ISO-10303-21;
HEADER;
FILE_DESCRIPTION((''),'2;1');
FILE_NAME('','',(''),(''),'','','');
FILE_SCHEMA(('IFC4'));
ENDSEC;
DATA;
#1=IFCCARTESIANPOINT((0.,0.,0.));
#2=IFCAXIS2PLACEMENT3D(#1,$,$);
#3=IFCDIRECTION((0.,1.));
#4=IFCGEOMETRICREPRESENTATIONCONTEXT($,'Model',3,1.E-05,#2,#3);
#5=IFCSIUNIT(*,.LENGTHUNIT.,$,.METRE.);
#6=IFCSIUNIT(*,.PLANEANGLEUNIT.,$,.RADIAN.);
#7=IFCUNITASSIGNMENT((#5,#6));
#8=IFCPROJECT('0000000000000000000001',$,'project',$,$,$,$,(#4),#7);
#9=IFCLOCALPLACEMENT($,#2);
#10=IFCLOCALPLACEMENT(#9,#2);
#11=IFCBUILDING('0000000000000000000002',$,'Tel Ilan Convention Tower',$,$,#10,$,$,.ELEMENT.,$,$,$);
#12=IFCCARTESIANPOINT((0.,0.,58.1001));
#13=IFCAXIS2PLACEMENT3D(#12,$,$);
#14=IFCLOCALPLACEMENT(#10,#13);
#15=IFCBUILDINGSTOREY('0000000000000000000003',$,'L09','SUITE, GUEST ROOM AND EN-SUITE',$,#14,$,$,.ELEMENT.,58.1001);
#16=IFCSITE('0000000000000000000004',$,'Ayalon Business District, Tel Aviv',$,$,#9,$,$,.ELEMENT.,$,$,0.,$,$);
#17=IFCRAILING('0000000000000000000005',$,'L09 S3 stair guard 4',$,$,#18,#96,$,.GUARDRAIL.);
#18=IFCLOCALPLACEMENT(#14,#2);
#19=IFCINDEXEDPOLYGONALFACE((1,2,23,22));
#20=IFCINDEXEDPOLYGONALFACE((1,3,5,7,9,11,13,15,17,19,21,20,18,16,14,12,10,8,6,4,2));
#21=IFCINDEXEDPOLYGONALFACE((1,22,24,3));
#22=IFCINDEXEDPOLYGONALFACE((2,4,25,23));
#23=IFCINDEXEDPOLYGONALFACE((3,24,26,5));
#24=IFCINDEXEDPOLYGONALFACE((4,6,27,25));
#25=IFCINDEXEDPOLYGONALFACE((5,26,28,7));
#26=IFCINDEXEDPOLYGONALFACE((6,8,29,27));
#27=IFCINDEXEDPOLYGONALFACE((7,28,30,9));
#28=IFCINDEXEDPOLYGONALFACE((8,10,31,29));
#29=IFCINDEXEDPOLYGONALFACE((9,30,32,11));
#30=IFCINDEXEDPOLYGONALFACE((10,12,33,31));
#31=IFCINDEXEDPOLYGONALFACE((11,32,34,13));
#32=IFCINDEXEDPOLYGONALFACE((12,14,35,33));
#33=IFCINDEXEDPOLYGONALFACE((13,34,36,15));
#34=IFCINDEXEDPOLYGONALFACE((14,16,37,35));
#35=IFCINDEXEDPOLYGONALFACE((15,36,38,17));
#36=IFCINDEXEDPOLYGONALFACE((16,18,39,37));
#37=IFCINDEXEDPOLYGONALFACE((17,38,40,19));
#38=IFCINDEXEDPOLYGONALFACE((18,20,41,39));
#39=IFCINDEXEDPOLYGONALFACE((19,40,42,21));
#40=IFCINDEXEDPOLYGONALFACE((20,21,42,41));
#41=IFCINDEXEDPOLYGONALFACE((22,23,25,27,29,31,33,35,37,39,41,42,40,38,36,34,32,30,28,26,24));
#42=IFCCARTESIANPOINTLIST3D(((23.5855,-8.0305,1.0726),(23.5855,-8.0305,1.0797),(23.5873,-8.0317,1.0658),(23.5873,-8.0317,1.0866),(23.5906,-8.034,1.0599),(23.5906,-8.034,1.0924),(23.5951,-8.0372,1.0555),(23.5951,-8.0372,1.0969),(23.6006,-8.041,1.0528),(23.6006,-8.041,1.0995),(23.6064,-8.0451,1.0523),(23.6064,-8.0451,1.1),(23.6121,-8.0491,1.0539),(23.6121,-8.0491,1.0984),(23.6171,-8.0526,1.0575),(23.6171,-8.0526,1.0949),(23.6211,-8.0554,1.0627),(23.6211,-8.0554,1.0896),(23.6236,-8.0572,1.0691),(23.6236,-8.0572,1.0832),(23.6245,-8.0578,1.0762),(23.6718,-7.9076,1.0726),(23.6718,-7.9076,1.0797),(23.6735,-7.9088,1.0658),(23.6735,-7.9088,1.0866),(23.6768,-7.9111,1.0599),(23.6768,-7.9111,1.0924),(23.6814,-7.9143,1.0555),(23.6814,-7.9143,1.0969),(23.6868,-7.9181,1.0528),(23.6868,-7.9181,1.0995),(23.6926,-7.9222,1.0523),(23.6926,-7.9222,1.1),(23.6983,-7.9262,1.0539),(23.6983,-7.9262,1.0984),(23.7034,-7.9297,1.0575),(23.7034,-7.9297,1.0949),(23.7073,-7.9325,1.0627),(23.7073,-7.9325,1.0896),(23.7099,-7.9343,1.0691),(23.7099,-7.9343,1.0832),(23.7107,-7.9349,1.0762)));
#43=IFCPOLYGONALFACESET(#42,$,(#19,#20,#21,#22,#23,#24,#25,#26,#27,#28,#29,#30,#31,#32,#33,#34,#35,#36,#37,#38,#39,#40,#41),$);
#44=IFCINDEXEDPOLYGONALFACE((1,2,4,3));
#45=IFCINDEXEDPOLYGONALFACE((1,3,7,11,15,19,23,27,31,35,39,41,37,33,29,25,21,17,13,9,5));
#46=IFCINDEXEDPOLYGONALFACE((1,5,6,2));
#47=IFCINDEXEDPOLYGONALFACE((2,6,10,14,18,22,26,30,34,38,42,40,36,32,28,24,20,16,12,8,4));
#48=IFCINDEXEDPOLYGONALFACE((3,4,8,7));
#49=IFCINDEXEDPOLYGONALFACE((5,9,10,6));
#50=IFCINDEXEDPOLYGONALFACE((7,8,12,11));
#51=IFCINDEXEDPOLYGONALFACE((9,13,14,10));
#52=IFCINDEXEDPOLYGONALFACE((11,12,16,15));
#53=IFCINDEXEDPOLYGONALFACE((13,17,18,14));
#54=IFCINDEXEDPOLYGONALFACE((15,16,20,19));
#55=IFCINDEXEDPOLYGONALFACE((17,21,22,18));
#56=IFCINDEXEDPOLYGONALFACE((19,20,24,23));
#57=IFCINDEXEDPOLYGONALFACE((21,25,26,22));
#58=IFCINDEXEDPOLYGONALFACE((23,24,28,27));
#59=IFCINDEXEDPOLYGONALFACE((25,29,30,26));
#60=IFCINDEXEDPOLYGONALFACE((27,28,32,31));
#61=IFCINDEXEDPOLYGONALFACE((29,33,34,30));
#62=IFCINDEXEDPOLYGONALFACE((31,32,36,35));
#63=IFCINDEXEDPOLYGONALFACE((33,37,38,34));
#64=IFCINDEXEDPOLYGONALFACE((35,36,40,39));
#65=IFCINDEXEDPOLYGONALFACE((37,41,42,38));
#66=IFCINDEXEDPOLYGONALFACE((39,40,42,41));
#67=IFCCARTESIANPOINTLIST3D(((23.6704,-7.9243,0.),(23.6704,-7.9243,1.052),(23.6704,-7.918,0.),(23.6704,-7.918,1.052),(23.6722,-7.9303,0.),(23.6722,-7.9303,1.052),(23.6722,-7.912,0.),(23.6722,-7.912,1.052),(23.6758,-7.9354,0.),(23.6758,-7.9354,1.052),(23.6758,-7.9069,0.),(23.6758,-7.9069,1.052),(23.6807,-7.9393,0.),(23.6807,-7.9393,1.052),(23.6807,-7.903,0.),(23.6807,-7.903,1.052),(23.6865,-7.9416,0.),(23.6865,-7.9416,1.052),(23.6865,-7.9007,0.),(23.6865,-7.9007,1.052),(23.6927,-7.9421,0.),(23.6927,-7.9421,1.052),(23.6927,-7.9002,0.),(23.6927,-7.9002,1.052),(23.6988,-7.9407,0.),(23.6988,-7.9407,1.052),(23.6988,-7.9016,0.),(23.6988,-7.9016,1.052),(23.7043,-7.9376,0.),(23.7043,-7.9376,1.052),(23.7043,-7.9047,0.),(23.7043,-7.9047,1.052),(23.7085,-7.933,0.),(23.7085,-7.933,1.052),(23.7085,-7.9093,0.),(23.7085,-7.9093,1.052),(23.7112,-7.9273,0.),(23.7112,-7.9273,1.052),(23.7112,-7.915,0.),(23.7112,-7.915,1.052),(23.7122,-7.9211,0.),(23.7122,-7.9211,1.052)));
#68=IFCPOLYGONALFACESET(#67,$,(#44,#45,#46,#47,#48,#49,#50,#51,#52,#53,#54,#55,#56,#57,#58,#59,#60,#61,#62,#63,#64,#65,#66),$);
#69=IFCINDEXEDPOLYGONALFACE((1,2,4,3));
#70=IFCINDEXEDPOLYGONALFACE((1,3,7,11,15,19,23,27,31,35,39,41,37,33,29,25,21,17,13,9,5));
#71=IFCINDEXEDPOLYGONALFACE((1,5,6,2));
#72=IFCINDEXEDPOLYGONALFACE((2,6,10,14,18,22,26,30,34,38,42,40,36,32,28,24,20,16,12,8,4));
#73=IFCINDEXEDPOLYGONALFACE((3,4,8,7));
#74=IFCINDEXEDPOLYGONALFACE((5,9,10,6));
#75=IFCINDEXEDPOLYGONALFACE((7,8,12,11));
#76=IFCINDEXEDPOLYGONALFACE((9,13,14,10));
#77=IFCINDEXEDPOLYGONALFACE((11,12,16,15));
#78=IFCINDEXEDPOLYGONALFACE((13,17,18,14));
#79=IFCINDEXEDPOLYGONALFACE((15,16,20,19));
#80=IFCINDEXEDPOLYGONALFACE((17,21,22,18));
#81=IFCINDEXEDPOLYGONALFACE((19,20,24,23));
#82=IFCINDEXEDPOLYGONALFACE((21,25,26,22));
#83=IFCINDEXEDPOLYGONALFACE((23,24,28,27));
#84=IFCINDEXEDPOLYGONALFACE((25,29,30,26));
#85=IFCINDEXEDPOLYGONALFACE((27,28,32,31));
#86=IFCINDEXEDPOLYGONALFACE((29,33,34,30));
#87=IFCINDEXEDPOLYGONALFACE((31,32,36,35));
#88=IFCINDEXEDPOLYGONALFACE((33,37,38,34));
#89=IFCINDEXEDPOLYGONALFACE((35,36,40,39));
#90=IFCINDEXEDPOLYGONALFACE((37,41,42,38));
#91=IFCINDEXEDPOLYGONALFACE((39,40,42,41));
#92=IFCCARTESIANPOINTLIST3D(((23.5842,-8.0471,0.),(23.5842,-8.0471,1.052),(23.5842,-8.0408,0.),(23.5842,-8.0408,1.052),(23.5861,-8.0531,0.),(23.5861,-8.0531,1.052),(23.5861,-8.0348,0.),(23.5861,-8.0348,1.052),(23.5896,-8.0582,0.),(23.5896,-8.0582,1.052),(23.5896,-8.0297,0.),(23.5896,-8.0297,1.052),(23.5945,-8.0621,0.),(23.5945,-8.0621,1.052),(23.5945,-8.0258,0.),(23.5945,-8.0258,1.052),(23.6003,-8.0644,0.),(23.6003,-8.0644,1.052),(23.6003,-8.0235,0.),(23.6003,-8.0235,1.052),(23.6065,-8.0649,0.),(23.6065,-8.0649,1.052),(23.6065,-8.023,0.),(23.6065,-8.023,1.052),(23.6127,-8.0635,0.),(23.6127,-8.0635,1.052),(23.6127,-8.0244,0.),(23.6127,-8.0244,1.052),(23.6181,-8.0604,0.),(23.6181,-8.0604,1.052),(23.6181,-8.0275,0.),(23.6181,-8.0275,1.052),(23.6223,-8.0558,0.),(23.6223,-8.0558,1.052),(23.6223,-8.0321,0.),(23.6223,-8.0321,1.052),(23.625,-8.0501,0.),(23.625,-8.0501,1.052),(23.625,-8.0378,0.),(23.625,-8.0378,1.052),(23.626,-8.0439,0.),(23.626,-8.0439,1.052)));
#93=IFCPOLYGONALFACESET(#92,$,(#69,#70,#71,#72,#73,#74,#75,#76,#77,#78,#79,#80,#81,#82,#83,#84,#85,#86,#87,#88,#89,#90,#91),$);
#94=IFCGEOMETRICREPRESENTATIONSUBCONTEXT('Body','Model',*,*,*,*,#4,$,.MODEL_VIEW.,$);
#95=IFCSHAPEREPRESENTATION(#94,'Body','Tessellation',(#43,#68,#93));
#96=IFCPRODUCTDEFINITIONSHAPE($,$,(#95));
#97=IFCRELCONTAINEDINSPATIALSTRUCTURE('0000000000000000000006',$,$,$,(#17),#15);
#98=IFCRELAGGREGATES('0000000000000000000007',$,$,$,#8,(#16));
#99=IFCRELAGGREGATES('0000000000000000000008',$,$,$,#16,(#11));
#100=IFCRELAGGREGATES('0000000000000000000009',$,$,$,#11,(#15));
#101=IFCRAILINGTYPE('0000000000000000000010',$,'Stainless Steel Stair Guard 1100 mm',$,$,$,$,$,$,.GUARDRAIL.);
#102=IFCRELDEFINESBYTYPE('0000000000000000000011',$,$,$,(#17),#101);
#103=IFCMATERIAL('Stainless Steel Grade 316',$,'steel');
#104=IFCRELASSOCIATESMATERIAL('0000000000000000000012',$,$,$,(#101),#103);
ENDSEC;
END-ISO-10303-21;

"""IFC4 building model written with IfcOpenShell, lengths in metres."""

from ifc_helpers import new_model, si_unit, direction, frame, origin, origin_2d, place, context, subcontext, project, spatial, circle, extrude, material, type_object, element, save


model = new_model("IFC4")

# Units and contexts
model_context = context("Model", 3, precision=1e-05, world=origin(), true_north=direction((0.0, 1.0)))
body_context = subcontext(model_context, "Body", "Model", "MODEL_VIEW")
ifc_project = project(units=[si_unit("LENGTHUNIT", "METRE"), si_unit("PLANEANGLEUNIT", "RADIAN")], contexts=[model_context])

# Site, building, storey
site_placement = place(None, origin())
site = spatial("IfcSite", under=ifc_project, at=site_placement, Name="Ayalon Business District, Tel Aviv", CompositionType="ELEMENT", RefElevation=0.0)
building_placement = place(site_placement, origin())
building = spatial("IfcBuilding", under=site, at=building_placement, Name="Tel Ilan Convention Tower", CompositionType="ELEMENT")
storey_placement = place(building_placement, frame((0.0, 0.0, 58.1001)))
storey = spatial("IfcBuildingStorey", under=building, at=storey_placement, Name="L09", Description="SUITE, GUEST ROOM AND EN-SUITE", CompositionType="ELEMENT", Elevation=58.1001)

# Railing
ifc_material_1 = material(Name="Stainless Steel Grade 316", Category="steel")
railing_type_1 = type_object("IfcRailingType", Name="Stainless Steel Stair Guard 1100 mm", PredefinedType="GUARDRAIL", material=ifc_material_1)
railing_1_placement = place(storey_placement, frame((23.6912, -7.9211, 0.0)))
element("IfcRailing", 1, at=railing_1_placement, inside=storey, type_object=railing_type_1, Name="L09 S3 stair guard 4", PredefinedType="GUARDRAIL", context=body_context, shape_type="SweptSolid", body=[
    extrude(circle(Radius=0.0239, at=origin_2d()), frame((0.0, 0.0, 1.0762), z_axis=(-0.574445, -0.818543, 0.0), x_axis=(0.818543, -0.574445, 0.0)), (0.0, 0.0, 1.0), 0.1501),
    extrude(circle(Radius=0.021, at=origin_2d()), origin(), (0.0, 0.0, 1.0), 1.052),
    extrude(circle(Radius=0.021, at=origin_2d()), frame((-0.0862, -0.1228, 0.0)), (0.0, 0.0, 1.0), 1.052),
])

save(model, "model.ifc")
